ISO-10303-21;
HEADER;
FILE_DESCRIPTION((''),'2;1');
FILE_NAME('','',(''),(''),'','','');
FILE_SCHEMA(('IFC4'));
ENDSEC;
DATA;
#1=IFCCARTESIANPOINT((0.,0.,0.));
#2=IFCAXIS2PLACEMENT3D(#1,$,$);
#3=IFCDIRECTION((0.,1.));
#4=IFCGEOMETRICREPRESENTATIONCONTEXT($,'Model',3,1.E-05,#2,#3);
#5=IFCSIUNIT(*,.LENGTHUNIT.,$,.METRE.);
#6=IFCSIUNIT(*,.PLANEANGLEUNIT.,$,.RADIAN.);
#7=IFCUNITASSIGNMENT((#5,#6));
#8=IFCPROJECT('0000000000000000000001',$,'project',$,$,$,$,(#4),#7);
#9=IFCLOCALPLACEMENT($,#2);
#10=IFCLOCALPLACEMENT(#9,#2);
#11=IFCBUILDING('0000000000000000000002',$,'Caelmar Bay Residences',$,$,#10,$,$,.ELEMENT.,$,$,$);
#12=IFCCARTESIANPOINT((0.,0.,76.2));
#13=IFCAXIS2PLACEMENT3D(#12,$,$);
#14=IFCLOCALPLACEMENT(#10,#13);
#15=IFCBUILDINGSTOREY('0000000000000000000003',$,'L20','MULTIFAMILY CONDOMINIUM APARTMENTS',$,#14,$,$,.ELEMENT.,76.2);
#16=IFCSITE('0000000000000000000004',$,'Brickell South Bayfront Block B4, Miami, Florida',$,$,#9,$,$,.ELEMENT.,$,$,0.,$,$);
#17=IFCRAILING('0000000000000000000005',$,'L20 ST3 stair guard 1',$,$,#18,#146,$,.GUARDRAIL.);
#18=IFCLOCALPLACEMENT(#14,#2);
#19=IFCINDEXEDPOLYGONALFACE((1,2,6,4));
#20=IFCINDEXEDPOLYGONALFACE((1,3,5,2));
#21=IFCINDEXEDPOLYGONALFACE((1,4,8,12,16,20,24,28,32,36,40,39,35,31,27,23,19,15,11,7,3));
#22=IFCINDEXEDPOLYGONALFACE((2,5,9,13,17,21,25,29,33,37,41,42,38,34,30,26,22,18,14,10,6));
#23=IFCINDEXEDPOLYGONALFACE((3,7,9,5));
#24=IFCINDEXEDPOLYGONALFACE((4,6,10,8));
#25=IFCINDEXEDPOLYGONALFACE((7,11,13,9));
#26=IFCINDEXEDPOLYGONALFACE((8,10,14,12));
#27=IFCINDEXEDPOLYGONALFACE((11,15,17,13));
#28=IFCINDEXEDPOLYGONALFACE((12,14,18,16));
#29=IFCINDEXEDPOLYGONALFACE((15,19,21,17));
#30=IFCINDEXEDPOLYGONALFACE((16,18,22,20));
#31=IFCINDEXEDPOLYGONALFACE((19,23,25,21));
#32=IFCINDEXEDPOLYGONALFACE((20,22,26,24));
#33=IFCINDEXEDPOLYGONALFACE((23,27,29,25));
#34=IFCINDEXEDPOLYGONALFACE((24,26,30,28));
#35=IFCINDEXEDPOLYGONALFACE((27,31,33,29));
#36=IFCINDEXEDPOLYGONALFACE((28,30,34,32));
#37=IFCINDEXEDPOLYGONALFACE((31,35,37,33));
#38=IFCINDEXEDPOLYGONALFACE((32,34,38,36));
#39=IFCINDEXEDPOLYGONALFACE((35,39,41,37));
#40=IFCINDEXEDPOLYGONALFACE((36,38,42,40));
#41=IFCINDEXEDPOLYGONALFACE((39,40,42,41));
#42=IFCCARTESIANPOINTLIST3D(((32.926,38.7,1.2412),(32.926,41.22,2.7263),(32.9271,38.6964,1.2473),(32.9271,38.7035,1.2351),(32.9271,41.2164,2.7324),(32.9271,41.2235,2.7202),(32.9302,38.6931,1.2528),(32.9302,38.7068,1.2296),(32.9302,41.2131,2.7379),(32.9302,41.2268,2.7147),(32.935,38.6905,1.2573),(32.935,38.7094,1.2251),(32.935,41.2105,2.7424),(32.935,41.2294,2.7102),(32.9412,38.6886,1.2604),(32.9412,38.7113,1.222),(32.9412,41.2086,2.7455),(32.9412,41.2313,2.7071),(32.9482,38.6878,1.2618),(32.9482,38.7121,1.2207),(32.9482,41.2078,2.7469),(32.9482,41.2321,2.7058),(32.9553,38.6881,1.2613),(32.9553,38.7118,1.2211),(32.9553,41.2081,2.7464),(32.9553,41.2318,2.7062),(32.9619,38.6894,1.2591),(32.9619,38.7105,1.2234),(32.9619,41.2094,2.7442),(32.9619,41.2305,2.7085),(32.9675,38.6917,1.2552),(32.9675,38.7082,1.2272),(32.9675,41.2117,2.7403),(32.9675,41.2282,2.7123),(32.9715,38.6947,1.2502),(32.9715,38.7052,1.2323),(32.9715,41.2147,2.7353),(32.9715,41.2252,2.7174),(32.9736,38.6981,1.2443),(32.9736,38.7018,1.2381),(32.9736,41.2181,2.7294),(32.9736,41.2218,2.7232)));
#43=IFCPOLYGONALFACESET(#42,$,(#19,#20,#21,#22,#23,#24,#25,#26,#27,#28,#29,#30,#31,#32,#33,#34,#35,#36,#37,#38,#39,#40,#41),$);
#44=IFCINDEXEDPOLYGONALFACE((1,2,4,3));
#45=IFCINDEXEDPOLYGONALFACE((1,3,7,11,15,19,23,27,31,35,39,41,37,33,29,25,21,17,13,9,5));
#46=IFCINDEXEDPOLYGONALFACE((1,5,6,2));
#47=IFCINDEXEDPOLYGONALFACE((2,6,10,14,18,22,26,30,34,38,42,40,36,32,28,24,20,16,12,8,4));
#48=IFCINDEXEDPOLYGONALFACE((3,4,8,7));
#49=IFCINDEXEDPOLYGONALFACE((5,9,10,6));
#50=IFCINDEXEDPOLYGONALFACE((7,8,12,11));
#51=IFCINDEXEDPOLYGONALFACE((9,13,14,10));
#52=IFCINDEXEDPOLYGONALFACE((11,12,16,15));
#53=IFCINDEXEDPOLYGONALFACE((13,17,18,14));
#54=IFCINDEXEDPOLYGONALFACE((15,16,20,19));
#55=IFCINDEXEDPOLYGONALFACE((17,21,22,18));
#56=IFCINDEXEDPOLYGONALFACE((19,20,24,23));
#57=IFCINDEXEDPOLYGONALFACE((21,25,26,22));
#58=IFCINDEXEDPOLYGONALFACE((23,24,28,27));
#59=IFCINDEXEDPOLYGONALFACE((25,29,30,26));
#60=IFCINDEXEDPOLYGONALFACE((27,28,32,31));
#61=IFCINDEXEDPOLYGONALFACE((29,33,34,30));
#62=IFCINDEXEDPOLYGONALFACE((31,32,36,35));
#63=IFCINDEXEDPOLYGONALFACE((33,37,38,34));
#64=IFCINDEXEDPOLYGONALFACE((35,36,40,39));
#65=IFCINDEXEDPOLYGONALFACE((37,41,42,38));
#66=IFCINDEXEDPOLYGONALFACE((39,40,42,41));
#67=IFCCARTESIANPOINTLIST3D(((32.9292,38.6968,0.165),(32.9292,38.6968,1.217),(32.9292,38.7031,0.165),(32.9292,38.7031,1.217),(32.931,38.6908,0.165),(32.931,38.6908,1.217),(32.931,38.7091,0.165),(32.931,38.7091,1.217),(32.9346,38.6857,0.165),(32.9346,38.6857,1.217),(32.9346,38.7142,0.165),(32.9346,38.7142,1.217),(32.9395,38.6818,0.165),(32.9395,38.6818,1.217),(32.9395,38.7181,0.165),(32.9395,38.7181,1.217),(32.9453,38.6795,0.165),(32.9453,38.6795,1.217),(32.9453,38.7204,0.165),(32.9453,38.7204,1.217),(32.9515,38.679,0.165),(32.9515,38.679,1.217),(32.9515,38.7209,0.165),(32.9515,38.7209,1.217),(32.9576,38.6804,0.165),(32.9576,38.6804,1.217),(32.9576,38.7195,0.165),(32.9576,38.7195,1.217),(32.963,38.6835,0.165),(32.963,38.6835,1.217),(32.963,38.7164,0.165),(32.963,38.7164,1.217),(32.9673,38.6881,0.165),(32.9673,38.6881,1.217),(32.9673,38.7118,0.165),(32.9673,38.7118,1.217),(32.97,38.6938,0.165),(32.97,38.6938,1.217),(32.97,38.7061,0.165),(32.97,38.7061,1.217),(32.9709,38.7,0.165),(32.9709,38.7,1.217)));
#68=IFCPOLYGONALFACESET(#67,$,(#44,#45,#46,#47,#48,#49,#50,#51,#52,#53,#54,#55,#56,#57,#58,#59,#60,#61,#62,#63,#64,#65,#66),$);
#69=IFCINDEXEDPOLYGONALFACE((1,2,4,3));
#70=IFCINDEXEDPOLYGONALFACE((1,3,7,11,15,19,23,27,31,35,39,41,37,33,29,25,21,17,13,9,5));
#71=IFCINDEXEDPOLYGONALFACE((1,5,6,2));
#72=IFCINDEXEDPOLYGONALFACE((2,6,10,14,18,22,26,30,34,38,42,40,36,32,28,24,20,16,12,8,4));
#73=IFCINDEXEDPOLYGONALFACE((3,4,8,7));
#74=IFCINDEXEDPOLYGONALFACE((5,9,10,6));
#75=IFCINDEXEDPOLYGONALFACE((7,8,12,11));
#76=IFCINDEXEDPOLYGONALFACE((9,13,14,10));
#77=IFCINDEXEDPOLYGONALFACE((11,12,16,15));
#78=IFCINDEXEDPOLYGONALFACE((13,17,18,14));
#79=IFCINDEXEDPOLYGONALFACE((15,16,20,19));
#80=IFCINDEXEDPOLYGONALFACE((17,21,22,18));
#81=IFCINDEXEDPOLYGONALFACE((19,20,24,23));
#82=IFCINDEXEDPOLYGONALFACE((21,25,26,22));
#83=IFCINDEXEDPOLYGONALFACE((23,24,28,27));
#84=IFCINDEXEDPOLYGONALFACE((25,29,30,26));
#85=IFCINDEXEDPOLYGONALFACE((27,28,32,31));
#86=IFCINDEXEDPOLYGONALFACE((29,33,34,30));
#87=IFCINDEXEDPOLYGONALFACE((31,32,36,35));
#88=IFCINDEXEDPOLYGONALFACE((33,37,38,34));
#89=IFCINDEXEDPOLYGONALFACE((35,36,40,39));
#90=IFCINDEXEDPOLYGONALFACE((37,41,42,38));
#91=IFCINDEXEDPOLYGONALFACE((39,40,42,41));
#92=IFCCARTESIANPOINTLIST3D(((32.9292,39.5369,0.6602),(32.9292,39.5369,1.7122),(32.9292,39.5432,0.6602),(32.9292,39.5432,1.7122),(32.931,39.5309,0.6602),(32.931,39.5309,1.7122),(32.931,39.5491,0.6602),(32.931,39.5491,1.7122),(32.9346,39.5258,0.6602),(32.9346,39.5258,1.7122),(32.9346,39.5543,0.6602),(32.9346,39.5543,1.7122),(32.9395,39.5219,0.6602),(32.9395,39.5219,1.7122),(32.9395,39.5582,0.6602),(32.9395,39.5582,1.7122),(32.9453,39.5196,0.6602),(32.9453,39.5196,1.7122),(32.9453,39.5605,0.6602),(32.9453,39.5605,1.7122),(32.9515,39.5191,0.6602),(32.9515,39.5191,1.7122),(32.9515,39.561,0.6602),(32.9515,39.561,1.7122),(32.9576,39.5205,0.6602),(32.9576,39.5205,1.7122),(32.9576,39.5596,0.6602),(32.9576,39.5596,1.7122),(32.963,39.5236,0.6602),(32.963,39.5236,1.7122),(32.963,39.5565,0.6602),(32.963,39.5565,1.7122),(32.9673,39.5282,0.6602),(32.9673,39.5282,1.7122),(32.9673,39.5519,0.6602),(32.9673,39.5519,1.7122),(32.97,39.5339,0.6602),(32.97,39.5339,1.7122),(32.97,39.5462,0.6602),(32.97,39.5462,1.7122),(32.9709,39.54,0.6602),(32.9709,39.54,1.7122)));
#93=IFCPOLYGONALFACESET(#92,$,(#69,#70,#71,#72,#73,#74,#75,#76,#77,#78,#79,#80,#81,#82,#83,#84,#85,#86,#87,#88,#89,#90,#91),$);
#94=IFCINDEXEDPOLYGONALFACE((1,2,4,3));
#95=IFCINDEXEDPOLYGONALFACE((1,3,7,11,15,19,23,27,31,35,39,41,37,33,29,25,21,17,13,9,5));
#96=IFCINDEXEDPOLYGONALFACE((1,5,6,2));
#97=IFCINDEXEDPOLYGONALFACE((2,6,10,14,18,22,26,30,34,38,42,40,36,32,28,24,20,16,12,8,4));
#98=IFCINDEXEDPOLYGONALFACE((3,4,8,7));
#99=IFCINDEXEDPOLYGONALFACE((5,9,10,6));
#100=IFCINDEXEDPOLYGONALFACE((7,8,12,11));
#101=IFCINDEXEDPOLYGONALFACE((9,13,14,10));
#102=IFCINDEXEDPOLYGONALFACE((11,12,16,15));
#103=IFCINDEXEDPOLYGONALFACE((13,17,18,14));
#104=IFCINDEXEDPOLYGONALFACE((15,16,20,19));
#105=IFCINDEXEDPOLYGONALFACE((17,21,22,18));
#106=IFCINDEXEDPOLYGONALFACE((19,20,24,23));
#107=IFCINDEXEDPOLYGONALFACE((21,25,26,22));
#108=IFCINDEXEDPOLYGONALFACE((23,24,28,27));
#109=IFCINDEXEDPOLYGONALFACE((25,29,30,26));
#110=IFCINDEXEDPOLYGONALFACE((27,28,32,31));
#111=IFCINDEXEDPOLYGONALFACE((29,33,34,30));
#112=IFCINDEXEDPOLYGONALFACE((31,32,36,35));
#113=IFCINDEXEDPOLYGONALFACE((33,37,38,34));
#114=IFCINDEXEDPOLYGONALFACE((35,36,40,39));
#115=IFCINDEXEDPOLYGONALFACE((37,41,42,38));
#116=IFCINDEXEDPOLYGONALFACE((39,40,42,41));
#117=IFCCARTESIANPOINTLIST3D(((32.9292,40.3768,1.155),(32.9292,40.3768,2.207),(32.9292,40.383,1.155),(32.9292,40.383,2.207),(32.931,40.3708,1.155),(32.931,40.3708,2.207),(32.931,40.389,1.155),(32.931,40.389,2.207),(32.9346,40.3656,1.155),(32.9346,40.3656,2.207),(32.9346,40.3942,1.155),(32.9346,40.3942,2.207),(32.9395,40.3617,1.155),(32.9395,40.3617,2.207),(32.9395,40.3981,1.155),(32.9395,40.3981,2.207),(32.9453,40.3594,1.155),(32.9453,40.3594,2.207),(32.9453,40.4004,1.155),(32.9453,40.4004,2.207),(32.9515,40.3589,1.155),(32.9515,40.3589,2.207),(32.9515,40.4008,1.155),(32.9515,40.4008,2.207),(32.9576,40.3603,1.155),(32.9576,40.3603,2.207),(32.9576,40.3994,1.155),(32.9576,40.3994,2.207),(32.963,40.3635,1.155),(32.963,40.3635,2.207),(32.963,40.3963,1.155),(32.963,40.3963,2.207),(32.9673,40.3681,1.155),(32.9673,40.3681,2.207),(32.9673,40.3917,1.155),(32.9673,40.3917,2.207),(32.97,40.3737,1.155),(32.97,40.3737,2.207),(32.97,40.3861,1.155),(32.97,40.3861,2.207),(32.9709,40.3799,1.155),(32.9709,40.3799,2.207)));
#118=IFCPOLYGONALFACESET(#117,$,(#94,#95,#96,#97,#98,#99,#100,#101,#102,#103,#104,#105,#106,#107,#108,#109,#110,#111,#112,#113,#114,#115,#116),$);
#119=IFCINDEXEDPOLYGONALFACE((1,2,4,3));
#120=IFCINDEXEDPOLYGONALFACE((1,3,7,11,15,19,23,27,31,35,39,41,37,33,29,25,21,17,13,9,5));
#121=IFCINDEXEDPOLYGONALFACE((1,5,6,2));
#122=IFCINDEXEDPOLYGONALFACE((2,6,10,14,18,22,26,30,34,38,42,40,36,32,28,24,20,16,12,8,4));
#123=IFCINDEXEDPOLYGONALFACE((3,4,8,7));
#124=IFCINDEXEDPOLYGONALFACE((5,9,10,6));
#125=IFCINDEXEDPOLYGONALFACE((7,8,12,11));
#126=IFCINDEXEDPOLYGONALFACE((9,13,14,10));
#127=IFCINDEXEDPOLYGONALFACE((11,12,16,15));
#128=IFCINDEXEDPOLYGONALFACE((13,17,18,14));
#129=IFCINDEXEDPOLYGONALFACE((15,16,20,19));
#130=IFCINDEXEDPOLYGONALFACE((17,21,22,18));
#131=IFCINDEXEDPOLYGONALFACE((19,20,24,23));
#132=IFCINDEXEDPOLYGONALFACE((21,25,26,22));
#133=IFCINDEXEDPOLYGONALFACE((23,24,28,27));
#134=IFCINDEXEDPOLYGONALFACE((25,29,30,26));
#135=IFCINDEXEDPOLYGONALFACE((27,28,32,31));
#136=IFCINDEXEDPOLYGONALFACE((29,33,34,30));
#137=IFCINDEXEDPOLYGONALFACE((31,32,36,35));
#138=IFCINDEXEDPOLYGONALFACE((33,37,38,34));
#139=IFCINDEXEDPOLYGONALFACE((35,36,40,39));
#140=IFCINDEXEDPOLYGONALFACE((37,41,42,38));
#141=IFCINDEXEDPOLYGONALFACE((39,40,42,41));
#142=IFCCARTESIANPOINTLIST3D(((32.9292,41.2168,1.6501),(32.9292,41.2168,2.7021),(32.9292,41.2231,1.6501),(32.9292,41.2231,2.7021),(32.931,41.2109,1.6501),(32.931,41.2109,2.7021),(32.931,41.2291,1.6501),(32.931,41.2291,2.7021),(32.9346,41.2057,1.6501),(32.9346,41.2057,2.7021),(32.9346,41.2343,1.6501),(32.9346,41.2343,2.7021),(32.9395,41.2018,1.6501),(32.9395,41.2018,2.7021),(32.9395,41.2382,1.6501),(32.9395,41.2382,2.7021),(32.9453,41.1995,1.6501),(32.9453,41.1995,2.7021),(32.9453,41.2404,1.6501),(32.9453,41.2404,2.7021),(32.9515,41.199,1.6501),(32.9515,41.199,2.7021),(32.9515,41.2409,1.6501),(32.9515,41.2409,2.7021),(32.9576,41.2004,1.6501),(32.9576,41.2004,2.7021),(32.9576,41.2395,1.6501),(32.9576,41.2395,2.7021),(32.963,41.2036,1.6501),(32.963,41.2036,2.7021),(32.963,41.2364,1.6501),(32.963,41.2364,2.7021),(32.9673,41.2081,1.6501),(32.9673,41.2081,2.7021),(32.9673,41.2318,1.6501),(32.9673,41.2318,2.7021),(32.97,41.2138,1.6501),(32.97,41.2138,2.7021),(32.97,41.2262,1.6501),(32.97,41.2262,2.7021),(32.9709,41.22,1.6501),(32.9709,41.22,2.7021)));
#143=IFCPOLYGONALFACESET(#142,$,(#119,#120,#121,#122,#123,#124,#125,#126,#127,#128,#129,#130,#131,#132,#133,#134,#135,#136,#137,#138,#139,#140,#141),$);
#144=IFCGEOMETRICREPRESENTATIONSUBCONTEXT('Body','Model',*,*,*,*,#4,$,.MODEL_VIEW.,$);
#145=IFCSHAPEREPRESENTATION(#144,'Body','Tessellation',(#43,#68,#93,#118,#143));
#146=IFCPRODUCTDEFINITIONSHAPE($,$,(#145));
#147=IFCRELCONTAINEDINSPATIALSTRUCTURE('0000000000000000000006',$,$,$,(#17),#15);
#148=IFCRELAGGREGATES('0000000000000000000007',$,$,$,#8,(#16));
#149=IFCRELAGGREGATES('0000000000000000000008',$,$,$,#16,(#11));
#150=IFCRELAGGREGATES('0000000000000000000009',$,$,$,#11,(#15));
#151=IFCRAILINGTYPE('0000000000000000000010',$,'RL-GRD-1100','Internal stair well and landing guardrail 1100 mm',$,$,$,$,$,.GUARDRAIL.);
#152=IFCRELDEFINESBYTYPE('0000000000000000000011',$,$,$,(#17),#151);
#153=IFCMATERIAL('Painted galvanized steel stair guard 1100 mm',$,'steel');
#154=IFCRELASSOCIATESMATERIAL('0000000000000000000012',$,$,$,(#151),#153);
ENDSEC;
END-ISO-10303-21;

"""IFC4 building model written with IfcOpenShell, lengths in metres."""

from ifc_helpers import new_model, si_unit, direction, frame, origin, origin_2d, place, context, subcontext, project, spatial, circle, extrude, material, type_object, element, save


model = new_model("IFC4")

# Units and contexts
model_context = context("Model", 3, precision=1e-05, world=origin(), true_north=direction((0.0, 1.0)))
body_context = subcontext(model_context, "Body", "Model", "MODEL_VIEW")
ifc_project = project(units=[si_unit("LENGTHUNIT", "METRE"), si_unit("PLANEANGLEUNIT", "RADIAN")], contexts=[model_context])

# Site, building, storey
site_placement = place(None, origin())
site = spatial("IfcSite", under=ifc_project, at=site_placement, Name="Brickell South Bayfront Block B4, Miami, Florida", CompositionType="ELEMENT", RefElevation=0.0)
building_placement = place(site_placement, origin())
building = spatial("IfcBuilding", under=site, at=building_placement, Name="Caelmar Bay Residences", CompositionType="ELEMENT")
storey_placement = place(building_placement, frame((0.0, 0.0, 76.2)))
storey = spatial("IfcBuildingStorey", under=building, at=storey_placement, Name="L20", Description="MULTIFAMILY CONDOMINIUM APARTMENTS", CompositionType="ELEMENT", Elevation=76.2)

# Railing
ifc_material_1 = material(Name="Painted galvanized steel stair guard 1100 mm", Category="steel")
railing_type_1 = type_object("IfcRailingType", Name="RL-GRD-1100", Description="Internal stair well and landing guardrail 1100 mm", PredefinedType="GUARDRAIL", material=ifc_material_1)
railing_1_placement = place(storey_placement, frame((32.95, 38.7, 0.165)))
element("IfcRailing", 1, at=railing_1_placement, inside=storey, type_object=railing_type_1, Name="L20 ST3 stair guard 1", PredefinedType="GUARDRAIL", context=body_context, shape_type="SweptSolid", body=[
    extrude(circle(Radius=0.0239, at=origin_2d()), frame((0.0, 0.0, 1.0762), z_axis=(0.0, 0.861524, 0.507717), x_axis=(-1.0, 0.0, 0.0)), (0.0, 0.0, 1.0), 2.925),
    extrude(circle(Radius=0.021, at=origin_2d()), origin(), (0.0, 0.0, 1.0), 1.052),
    extrude(circle(Radius=0.021, at=origin_2d()), frame((0.0, 0.8401, 0.4951)), (0.0, 0.0, 1.0), 1.052),
    extrude(circle(Radius=0.021, at=origin_2d()), frame((0.0, 1.6799, 0.99)), (0.0, 0.0, 1.0), 1.052),
    extrude(circle(Radius=0.021, at=origin_2d()), frame((0.0, 2.52, 1.4851)), (0.0, 0.0, 1.0), 1.052),
])

save(model, "model.ifc")
